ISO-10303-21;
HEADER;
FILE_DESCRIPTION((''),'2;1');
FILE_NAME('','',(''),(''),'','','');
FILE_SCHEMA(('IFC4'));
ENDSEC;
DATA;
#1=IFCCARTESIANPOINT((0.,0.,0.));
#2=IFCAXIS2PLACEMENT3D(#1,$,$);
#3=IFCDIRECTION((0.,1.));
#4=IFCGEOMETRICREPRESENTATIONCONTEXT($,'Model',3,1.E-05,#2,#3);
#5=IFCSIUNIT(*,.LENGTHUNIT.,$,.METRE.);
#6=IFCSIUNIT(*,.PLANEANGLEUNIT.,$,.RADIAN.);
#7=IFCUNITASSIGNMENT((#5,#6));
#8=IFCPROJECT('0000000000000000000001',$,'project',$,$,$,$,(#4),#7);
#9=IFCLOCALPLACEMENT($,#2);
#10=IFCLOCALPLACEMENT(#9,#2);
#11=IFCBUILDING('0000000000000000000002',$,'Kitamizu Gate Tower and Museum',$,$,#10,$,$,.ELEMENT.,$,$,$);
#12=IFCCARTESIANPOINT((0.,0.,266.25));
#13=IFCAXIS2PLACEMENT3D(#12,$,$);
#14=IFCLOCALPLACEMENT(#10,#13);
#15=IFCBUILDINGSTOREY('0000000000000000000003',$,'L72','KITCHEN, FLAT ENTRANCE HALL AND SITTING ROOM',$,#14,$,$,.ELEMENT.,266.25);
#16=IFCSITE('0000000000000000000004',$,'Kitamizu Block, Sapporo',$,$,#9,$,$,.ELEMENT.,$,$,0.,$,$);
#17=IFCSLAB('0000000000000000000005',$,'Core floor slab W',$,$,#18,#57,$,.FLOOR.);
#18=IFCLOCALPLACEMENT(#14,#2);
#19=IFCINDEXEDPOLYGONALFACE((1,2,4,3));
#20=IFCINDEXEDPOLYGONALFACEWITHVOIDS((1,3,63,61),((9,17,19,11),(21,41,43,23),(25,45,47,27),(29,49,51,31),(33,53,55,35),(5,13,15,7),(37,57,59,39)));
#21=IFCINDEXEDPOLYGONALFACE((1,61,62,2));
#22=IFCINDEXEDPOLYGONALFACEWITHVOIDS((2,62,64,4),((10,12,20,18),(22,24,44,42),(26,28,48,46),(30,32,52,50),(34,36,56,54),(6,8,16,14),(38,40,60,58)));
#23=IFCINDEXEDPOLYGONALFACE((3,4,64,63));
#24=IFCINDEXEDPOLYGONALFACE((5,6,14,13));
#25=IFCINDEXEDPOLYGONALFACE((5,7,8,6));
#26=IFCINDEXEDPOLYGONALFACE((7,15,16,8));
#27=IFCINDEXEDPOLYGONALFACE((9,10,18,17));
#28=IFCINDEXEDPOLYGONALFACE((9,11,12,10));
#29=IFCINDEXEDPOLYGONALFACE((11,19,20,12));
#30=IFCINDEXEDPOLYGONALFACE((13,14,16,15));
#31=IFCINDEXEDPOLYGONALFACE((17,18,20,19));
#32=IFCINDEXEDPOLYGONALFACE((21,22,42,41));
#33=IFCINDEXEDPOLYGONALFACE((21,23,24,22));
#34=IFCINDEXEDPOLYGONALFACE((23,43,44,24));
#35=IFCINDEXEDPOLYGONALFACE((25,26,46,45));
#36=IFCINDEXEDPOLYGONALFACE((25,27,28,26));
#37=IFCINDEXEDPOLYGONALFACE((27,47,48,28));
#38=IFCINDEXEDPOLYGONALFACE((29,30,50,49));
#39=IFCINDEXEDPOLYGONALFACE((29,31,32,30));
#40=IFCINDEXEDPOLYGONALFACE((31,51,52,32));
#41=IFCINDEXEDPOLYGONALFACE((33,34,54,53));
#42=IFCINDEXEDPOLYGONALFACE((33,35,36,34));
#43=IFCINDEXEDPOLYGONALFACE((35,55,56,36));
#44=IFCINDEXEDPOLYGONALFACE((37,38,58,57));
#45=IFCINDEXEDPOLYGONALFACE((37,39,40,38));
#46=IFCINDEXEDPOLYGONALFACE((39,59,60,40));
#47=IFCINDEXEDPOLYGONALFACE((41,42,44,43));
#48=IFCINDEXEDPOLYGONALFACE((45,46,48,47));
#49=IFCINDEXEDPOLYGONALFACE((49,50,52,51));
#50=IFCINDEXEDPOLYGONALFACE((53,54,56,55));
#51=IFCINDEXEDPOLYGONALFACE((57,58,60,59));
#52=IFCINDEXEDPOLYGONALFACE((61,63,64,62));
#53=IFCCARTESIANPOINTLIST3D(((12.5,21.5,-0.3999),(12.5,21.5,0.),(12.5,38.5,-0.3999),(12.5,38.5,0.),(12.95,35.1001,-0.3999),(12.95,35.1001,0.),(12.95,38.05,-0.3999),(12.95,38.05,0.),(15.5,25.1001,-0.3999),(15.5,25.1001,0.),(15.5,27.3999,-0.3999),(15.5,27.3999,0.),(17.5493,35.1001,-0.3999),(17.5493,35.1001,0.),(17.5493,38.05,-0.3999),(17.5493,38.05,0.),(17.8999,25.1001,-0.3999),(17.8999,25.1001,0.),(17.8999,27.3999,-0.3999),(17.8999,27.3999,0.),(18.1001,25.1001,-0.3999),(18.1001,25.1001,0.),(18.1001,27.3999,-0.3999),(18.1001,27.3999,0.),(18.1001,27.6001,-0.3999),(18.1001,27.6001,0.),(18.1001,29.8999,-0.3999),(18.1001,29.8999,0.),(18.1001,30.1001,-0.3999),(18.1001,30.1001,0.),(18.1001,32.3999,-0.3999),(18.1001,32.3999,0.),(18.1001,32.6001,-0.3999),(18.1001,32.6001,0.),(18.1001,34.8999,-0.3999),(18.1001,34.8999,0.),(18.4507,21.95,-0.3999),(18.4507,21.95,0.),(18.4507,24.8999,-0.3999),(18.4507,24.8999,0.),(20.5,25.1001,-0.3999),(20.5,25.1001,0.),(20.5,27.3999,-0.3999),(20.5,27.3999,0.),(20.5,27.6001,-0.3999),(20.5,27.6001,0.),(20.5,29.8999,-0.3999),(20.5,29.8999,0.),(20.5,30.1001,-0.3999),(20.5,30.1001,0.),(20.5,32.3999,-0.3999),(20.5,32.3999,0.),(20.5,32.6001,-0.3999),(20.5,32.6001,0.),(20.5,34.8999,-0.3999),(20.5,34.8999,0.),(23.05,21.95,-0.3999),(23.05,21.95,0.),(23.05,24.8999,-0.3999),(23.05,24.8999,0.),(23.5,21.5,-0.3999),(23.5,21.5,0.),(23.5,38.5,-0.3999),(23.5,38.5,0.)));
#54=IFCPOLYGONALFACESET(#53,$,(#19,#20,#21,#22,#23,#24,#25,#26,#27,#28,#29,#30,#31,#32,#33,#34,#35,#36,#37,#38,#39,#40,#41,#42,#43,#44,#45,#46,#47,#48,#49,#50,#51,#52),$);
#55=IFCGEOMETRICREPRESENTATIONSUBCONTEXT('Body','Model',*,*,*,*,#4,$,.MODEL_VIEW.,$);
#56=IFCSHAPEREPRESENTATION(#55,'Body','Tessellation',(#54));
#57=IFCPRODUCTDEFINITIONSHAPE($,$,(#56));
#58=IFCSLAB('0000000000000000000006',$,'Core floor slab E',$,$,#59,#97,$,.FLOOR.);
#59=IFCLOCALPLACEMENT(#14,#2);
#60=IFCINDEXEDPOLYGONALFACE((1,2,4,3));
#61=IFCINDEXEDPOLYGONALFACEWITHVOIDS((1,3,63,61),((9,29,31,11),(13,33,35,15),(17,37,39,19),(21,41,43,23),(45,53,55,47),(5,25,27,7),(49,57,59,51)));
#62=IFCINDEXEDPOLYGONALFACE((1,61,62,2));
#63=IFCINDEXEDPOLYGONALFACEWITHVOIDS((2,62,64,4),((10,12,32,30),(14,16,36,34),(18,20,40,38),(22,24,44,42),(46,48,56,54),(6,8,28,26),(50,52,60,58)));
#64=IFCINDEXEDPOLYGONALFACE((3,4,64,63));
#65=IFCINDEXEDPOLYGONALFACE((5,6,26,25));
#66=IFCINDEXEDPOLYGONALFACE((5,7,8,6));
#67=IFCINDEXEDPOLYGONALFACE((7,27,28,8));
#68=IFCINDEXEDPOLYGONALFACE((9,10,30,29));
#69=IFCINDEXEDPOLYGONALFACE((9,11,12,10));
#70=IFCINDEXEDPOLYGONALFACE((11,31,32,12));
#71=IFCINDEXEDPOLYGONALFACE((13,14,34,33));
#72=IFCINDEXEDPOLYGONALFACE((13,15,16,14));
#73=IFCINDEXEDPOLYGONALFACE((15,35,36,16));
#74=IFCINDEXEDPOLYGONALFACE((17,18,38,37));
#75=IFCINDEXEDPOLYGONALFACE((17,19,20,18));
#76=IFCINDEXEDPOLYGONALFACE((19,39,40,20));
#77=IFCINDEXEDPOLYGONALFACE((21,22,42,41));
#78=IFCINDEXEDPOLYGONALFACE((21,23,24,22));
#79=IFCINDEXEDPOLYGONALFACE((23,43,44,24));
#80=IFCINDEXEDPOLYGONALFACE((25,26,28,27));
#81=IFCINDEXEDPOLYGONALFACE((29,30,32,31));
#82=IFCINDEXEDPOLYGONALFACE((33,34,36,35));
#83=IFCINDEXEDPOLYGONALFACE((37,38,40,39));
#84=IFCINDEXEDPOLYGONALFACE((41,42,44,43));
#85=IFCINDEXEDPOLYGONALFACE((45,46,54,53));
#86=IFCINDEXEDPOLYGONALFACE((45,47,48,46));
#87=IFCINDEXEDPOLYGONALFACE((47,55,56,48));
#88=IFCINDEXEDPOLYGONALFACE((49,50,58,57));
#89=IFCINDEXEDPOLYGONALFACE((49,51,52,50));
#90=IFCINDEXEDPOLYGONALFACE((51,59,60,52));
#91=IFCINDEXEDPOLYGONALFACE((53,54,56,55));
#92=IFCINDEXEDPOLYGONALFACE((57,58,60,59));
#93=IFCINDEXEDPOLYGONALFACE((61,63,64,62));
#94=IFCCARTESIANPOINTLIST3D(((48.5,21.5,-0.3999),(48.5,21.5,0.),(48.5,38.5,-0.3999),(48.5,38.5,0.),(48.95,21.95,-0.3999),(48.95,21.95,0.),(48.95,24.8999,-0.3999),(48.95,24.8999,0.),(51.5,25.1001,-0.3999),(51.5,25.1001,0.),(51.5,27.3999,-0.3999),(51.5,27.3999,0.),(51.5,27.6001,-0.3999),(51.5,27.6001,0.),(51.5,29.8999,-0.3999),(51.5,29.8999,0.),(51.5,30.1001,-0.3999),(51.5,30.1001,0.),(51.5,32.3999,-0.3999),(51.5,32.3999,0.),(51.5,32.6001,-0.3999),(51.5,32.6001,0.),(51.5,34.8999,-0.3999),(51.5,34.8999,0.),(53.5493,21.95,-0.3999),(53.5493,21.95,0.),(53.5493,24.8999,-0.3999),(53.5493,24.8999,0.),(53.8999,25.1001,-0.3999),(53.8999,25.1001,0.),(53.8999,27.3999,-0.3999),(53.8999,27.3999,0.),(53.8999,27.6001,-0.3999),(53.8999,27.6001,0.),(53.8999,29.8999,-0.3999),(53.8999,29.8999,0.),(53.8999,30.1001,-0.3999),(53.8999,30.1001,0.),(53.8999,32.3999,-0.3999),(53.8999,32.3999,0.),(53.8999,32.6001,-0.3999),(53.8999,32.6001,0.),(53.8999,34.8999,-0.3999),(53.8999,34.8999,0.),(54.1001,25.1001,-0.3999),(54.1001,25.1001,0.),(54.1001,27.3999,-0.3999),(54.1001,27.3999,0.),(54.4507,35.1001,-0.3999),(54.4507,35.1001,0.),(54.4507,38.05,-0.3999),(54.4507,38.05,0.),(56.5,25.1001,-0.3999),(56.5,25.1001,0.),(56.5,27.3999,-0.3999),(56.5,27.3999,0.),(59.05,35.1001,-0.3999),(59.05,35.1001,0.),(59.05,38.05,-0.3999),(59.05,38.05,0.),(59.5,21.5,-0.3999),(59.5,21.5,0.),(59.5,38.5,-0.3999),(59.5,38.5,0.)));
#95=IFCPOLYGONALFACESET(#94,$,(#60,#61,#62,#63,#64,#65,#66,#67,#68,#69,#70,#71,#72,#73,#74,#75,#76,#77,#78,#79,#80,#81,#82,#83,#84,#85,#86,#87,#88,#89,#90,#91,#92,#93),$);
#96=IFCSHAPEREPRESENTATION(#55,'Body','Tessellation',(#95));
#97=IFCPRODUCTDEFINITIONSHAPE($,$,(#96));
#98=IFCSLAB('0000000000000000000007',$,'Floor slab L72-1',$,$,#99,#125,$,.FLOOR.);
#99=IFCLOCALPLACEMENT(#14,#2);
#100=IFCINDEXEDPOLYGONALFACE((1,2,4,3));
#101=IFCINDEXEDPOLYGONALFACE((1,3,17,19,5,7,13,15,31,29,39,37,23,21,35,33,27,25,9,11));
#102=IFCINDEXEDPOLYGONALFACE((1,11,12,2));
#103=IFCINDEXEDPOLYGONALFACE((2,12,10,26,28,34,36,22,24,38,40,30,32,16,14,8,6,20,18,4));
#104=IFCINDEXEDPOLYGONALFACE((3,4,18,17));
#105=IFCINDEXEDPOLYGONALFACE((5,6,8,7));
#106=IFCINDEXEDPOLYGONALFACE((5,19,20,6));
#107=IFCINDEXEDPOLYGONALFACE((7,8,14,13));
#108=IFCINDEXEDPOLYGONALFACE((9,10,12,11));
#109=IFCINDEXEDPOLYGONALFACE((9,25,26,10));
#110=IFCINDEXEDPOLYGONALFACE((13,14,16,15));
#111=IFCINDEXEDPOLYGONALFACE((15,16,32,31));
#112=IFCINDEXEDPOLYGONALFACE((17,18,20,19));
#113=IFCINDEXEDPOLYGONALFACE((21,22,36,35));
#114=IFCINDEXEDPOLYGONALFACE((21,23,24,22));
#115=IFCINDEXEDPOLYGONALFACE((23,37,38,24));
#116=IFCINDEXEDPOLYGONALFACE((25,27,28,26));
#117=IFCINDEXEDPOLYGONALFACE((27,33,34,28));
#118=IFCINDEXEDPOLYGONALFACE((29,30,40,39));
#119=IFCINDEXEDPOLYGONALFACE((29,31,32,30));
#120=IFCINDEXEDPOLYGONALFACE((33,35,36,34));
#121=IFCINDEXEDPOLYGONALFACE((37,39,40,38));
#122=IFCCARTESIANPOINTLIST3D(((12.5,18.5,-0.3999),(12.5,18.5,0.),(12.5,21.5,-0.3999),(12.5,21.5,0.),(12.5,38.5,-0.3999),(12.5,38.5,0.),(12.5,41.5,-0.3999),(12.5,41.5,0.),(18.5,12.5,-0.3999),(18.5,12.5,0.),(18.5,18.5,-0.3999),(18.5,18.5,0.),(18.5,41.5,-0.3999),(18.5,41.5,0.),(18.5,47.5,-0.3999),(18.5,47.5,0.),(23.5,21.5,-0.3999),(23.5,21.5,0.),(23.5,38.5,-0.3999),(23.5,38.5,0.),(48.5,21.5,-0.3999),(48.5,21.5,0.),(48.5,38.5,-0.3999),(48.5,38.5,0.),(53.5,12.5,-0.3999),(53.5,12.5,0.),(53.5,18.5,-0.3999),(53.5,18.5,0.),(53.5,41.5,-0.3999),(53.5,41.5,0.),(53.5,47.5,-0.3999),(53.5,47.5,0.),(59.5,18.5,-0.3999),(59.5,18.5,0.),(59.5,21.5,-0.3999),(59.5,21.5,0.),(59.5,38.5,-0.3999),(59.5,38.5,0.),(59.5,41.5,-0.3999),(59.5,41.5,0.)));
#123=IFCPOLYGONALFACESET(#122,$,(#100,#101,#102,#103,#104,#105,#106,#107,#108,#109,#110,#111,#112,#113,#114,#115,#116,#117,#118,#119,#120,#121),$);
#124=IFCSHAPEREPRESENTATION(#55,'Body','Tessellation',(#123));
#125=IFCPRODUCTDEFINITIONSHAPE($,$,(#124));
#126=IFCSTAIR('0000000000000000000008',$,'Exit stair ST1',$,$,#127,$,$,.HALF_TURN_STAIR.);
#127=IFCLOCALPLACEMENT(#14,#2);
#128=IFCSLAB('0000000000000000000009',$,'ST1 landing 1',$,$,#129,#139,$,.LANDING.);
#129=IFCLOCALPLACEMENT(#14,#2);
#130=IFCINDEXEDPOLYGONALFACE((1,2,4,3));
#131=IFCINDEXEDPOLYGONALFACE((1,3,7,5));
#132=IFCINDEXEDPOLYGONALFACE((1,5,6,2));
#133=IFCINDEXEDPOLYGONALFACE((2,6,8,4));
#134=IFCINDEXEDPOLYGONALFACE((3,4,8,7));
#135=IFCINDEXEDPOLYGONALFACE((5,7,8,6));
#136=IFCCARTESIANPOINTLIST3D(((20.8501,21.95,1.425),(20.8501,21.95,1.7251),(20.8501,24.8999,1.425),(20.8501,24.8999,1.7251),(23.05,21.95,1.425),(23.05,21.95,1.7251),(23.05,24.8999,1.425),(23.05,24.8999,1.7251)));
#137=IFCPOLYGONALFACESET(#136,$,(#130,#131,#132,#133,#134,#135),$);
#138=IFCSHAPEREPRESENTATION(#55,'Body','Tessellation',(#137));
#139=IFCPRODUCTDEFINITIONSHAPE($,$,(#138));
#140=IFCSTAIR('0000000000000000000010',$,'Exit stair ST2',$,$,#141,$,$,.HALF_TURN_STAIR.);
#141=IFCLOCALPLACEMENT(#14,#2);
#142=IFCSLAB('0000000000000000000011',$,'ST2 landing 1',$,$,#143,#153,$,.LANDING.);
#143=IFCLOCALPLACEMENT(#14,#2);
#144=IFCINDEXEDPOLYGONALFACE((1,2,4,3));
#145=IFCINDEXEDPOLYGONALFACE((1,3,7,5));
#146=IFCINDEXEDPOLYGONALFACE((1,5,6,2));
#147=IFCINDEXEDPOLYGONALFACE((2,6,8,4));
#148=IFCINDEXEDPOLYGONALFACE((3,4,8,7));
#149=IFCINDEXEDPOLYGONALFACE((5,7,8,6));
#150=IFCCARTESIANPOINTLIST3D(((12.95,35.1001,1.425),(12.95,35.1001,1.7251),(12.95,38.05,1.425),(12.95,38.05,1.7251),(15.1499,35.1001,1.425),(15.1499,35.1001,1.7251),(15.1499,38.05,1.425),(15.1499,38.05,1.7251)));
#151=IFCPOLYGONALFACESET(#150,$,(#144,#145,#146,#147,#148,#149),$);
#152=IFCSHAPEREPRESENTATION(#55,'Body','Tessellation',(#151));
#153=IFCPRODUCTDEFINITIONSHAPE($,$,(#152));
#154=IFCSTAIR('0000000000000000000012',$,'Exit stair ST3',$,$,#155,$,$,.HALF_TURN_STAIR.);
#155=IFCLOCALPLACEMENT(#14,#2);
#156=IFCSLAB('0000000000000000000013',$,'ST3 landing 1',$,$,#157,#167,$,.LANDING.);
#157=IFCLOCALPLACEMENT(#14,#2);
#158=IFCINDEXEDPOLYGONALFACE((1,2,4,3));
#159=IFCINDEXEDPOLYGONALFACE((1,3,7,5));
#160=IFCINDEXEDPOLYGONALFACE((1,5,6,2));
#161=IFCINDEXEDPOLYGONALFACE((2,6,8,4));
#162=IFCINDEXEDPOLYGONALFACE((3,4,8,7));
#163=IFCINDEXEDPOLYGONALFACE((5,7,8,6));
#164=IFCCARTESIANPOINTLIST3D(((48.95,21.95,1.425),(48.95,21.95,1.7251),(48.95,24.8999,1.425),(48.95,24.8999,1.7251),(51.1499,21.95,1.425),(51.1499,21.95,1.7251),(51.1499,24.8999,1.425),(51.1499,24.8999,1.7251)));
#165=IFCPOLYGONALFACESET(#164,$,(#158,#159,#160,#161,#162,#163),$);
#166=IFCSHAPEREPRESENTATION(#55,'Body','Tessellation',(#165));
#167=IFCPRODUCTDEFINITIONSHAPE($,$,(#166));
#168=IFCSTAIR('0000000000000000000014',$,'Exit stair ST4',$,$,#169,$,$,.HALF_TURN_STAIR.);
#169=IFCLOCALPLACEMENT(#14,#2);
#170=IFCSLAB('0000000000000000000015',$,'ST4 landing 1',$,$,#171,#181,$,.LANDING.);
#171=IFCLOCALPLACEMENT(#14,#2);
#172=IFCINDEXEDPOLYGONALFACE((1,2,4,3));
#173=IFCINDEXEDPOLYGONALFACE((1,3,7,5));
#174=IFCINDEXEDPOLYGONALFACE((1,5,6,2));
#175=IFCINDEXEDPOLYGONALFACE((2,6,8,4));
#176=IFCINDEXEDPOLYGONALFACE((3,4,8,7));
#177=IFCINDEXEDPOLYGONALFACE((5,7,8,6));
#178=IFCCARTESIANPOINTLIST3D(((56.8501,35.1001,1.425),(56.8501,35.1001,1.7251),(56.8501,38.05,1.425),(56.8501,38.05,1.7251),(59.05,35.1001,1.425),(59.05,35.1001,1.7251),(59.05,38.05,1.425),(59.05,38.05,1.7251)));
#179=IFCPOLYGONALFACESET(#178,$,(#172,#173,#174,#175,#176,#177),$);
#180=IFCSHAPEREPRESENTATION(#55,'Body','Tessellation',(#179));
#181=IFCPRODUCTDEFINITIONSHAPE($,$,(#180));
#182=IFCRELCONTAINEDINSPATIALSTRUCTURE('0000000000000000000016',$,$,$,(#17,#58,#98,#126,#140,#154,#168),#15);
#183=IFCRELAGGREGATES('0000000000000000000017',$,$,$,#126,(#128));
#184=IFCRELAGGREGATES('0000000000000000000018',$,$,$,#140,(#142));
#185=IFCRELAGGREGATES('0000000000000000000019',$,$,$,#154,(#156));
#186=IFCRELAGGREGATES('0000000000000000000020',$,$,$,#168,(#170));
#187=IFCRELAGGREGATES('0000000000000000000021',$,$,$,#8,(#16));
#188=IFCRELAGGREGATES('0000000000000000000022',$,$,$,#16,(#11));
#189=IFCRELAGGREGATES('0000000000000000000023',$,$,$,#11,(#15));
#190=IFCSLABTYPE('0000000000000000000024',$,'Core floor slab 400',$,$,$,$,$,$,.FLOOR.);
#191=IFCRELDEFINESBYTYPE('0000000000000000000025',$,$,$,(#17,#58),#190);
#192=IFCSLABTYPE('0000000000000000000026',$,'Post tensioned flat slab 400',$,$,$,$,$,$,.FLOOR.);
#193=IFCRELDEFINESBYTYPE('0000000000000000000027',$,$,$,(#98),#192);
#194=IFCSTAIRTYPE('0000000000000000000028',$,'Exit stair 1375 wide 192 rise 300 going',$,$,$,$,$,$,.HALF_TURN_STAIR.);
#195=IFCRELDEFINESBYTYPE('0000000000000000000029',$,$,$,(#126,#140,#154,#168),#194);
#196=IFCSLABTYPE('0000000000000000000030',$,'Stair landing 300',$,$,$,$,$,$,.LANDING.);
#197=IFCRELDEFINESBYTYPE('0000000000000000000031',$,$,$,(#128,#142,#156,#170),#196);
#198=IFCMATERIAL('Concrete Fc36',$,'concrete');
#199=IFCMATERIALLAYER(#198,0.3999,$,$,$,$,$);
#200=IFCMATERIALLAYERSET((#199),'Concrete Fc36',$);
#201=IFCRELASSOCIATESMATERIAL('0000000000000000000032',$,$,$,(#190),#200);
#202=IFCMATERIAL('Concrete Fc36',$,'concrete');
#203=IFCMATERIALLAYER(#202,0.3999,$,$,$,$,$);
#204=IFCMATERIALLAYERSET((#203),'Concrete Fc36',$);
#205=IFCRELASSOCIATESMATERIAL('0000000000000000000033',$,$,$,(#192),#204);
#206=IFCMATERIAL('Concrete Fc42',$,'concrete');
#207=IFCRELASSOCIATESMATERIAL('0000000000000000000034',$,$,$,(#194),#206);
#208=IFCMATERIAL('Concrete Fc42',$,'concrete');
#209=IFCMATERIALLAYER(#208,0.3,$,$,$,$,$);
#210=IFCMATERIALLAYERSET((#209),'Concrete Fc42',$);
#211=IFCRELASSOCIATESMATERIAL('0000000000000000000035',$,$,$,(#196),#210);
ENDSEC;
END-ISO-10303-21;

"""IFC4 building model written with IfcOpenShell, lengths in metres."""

from ifc_helpers import new_model, si_unit, direction, frame, origin, place, context, subcontext, project, spatial, polyline, outline, extrude, material, layer, layer_set, type_object, element, aggregate, save


model = new_model("IFC4")

# Units and contexts
model_context = context("Model", 3, precision=1e-05, world=origin(), true_north=direction((0.0, 1.0)))
body_context = subcontext(model_context, "Body", "Model", "MODEL_VIEW")
ifc_project = project(units=[si_unit("LENGTHUNIT", "METRE"), si_unit("PLANEANGLEUNIT", "RADIAN")], contexts=[model_context])

# Site, building, storey
site_placement = place(None, origin())
site = spatial("IfcSite", under=ifc_project, at=site_placement, Name="Kitamizu Block, Sapporo", CompositionType="ELEMENT", RefElevation=0.0)
building_placement = place(site_placement, origin())
building = spatial("IfcBuilding", under=site, at=building_placement, Name="Kitamizu Gate Tower and Museum", CompositionType="ELEMENT")
storey_placement = place(building_placement, frame((0.0, 0.0, 266.25)))
storey = spatial("IfcBuildingStorey", under=building, at=storey_placement, Name="L72", Description="KITCHEN, FLAT ENTRANCE HALL AND SITTING ROOM", CompositionType="ELEMENT", Elevation=266.25)

# Slabs
ifc_material_1 = material(Name="Concrete Fc36", Category="concrete")
ifc_layer_1 = layer(ifc_material_1, 0.3999)
ifc_layer_set_1 = layer_set([ifc_layer_1], Name="Concrete Fc36")
slab_type_1 = type_object("IfcSlabType", Name="Core floor slab 400", PredefinedType="FLOOR", material=ifc_layer_set_1)
slab_1_placement = place(storey_placement, frame((0.0, 0.0, -0.3999)))
element("IfcSlab", 1, at=slab_1_placement, inside=storey, type_object=slab_type_1, Name="Core floor slab W", PredefinedType="FLOOR", context=body_context, shape_type="SweptSolid", body=[
    extrude(outline(polyline([(12.5, 21.5), (23.5, 21.5), (23.5, 38.5), (12.5, 38.5), (12.5, 21.5)]), holes=[polyline([(15.5, 25.1001), (17.8999, 25.1001), (17.8999, 27.3999), (15.5, 27.3999), (15.5, 25.1001)]), polyline([(18.1001, 25.1001), (20.5, 25.1001), (20.5, 27.3999), (18.1001, 27.3999), (18.1001, 25.1001)]), polyline([(18.1001, 27.6001), (20.5, 27.6001), (20.5, 29.8999), (18.1001, 29.8999), (18.1001, 27.6001)]), polyline([(18.1001, 30.1001), (20.5, 30.1001), (20.5, 32.3999), (18.1001, 32.3999), (18.1001, 30.1001)]), polyline([(18.1001, 32.6001), (20.5, 32.6001), (20.5, 34.8999), (18.1001, 34.8999), (18.1001, 32.6001)]), polyline([(18.4507, 21.95), (23.05, 21.95), (23.05, 24.8999), (18.4507, 24.8999), (18.4507, 21.95)]), polyline([(12.95, 35.1001), (17.5493, 35.1001), (17.5493, 38.05), (12.95, 38.05), (12.95, 35.1001)])]), origin(), (0.0, 0.0, 1.0), 0.3999),
])
slab_2_placement = place(storey_placement, frame((0.0, 0.0, -0.3999)))
element("IfcSlab", 2, at=slab_2_placement, inside=storey, type_object=slab_type_1, Name="Core floor slab E", PredefinedType="FLOOR", context=body_context, shape_type="SweptSolid", body=[
    extrude(outline(polyline([(48.5, 21.5), (59.5, 21.5), (59.5, 38.5), (48.5, 38.5), (48.5, 21.5)]), holes=[polyline([(54.1001, 25.1001), (56.5, 25.1001), (56.5, 27.3999), (54.1001, 27.3999), (54.1001, 25.1001)]), polyline([(51.5, 25.1001), (53.8999, 25.1001), (53.8999, 27.3999), (51.5, 27.3999), (51.5, 25.1001)]), polyline([(51.5, 27.6001), (53.8999, 27.6001), (53.8999, 29.8999), (51.5, 29.8999), (51.5, 27.6001)]), polyline([(51.5, 30.1001), (53.8999, 30.1001), (53.8999, 32.3999), (51.5, 32.3999), (51.5, 30.1001)]), polyline([(51.5, 32.6001), (53.8999, 32.6001), (53.8999, 34.8999), (51.5, 34.8999), (51.5, 32.6001)]), polyline([(48.95, 21.95), (53.5493, 21.95), (53.5493, 24.8999), (48.95, 24.8999), (48.95, 21.95)]), polyline([(54.4507, 35.1001), (59.05, 35.1001), (59.05, 38.05), (54.4507, 38.05), (54.4507, 35.1001)])]), origin(), (0.0, 0.0, 1.0), 0.3999),
])
ifc_material_2 = material(Name="Concrete Fc36", Category="concrete")
ifc_layer_2 = layer(ifc_material_2, 0.3999)
ifc_layer_set_2 = layer_set([ifc_layer_2], Name="Concrete Fc36")
slab_type_2 = type_object("IfcSlabType", Name="Post tensioned flat slab 400", PredefinedType="FLOOR", material=ifc_layer_set_2)
slab_3_placement = place(storey_placement, frame((0.0, 0.0, -0.3999)))
element("IfcSlab", 3, at=slab_3_placement, inside=storey, type_object=slab_type_2, Name="Floor slab L72-1", PredefinedType="FLOOR", context=body_context, shape_type="SweptSolid", body=[
    extrude(outline(polyline([(12.5, 18.5), (12.5, 21.5), (23.5, 21.5), (23.5, 38.5), (12.5, 38.5), (12.5, 41.5), (18.5, 41.5), (18.5, 47.5), (53.5, 47.5), (53.5, 41.5), (59.5, 41.5), (59.5, 38.5), (48.5, 38.5), (48.5, 21.5), (59.5, 21.5), (59.5, 18.5), (53.5, 18.5), (53.5, 12.5), (18.5, 12.5), (18.5, 18.5), (12.5, 18.5)])), origin(), (0.0, 0.0, 1.0), 0.3999),
])

# Stairs, slabs
ifc_material_3 = material(Name="Concrete Fc42", Category="concrete")
stair_type = type_object("IfcStairType", Name="Exit stair 1375 wide 192 rise 300 going", PredefinedType="HALF_TURN_STAIR", material=ifc_material_3)
stair_1_placement = place(storey_placement, origin())
stair_1 = element("IfcStair", 4, at=stair_1_placement, inside=storey, type_object=stair_type, Name="Exit stair ST1", PredefinedType="HALF_TURN_STAIR")
ifc_material_4 = material(Name="Concrete Fc42", Category="concrete")
ifc_layer_3 = layer(ifc_material_4, 0.3)
ifc_layer_set_3 = layer_set([ifc_layer_3], Name="Concrete Fc42")
slab_type_3 = type_object("IfcSlabType", Name="Stair landing 300", PredefinedType="LANDING", material=ifc_layer_set_3)
slab_4_placement = place(storey_placement, frame((0.0, 0.0, 1.425)))
slab_4 = element("IfcSlab", 5, at=slab_4_placement, type_object=slab_type_3, Name="ST1 landing 1", PredefinedType="LANDING", context=body_context, shape_type="SweptSolid", body=[
    extrude(outline(polyline([(20.8501, 21.95), (23.05, 21.95), (23.05, 24.8999), (20.8501, 24.8999), (20.8501, 21.95)])), origin(), (0.0, 0.0, 1.0), 0.3),
])
aggregate(stair_1, [slab_4])
stair_2_placement = place(storey_placement, origin())
stair_2 = element("IfcStair", 6, at=stair_2_placement, inside=storey, type_object=stair_type, Name="Exit stair ST2", PredefinedType="HALF_TURN_STAIR")
slab_5_placement = place(storey_placement, frame((0.0, 0.0, 1.425)))
slab_5 = element("IfcSlab", 7, at=slab_5_placement, type_object=slab_type_3, Name="ST2 landing 1", PredefinedType="LANDING", context=body_context, shape_type="SweptSolid", body=[
    extrude(outline(polyline([(12.95, 35.1001), (15.1499, 35.1001), (15.1499, 38.05), (12.95, 38.05), (12.95, 35.1001)])), origin(), (0.0, 0.0, 1.0), 0.3),
])
aggregate(stair_2, [slab_5])
stair_3_placement = place(storey_placement, origin())
stair_3 = element("IfcStair", 8, at=stair_3_placement, inside=storey, type_object=stair_type, Name="Exit stair ST3", PredefinedType="HALF_TURN_STAIR")
slab_6_placement = place(storey_placement, frame((0.0, 0.0, 1.425)))
slab_6 = element("IfcSlab", 9, at=slab_6_placement, type_object=slab_type_3, Name="ST3 landing 1", PredefinedType="LANDING", context=body_context, shape_type="SweptSolid", body=[
    extrude(outline(polyline([(48.95, 21.95), (51.1499, 21.95), (51.1499, 24.8999), (48.95, 24.8999), (48.95, 21.95)])), origin(), (0.0, 0.0, 1.0), 0.3),
])
aggregate(stair_3, [slab_6])
stair_4_placement = place(storey_placement, origin())
stair_4 = element("IfcStair", 10, at=stair_4_placement, inside=storey, type_object=stair_type, Name="Exit stair ST4", PredefinedType="HALF_TURN_STAIR")
slab_7_placement = place(storey_placement, frame((0.0, 0.0, 1.425)))
slab_7 = element("IfcSlab", 11, at=slab_7_placement, type_object=slab_type_3, Name="ST4 landing 1", PredefinedType="LANDING", context=body_context, shape_type="SweptSolid", body=[
    extrude(outline(polyline([(56.8501, 35.1001), (59.05, 35.1001), (59.05, 38.05), (56.8501, 38.05), (56.8501, 35.1001)])), origin(), (0.0, 0.0, 1.0), 0.3),
])
aggregate(stair_4, [slab_7])

save(model, "model.ifc")
